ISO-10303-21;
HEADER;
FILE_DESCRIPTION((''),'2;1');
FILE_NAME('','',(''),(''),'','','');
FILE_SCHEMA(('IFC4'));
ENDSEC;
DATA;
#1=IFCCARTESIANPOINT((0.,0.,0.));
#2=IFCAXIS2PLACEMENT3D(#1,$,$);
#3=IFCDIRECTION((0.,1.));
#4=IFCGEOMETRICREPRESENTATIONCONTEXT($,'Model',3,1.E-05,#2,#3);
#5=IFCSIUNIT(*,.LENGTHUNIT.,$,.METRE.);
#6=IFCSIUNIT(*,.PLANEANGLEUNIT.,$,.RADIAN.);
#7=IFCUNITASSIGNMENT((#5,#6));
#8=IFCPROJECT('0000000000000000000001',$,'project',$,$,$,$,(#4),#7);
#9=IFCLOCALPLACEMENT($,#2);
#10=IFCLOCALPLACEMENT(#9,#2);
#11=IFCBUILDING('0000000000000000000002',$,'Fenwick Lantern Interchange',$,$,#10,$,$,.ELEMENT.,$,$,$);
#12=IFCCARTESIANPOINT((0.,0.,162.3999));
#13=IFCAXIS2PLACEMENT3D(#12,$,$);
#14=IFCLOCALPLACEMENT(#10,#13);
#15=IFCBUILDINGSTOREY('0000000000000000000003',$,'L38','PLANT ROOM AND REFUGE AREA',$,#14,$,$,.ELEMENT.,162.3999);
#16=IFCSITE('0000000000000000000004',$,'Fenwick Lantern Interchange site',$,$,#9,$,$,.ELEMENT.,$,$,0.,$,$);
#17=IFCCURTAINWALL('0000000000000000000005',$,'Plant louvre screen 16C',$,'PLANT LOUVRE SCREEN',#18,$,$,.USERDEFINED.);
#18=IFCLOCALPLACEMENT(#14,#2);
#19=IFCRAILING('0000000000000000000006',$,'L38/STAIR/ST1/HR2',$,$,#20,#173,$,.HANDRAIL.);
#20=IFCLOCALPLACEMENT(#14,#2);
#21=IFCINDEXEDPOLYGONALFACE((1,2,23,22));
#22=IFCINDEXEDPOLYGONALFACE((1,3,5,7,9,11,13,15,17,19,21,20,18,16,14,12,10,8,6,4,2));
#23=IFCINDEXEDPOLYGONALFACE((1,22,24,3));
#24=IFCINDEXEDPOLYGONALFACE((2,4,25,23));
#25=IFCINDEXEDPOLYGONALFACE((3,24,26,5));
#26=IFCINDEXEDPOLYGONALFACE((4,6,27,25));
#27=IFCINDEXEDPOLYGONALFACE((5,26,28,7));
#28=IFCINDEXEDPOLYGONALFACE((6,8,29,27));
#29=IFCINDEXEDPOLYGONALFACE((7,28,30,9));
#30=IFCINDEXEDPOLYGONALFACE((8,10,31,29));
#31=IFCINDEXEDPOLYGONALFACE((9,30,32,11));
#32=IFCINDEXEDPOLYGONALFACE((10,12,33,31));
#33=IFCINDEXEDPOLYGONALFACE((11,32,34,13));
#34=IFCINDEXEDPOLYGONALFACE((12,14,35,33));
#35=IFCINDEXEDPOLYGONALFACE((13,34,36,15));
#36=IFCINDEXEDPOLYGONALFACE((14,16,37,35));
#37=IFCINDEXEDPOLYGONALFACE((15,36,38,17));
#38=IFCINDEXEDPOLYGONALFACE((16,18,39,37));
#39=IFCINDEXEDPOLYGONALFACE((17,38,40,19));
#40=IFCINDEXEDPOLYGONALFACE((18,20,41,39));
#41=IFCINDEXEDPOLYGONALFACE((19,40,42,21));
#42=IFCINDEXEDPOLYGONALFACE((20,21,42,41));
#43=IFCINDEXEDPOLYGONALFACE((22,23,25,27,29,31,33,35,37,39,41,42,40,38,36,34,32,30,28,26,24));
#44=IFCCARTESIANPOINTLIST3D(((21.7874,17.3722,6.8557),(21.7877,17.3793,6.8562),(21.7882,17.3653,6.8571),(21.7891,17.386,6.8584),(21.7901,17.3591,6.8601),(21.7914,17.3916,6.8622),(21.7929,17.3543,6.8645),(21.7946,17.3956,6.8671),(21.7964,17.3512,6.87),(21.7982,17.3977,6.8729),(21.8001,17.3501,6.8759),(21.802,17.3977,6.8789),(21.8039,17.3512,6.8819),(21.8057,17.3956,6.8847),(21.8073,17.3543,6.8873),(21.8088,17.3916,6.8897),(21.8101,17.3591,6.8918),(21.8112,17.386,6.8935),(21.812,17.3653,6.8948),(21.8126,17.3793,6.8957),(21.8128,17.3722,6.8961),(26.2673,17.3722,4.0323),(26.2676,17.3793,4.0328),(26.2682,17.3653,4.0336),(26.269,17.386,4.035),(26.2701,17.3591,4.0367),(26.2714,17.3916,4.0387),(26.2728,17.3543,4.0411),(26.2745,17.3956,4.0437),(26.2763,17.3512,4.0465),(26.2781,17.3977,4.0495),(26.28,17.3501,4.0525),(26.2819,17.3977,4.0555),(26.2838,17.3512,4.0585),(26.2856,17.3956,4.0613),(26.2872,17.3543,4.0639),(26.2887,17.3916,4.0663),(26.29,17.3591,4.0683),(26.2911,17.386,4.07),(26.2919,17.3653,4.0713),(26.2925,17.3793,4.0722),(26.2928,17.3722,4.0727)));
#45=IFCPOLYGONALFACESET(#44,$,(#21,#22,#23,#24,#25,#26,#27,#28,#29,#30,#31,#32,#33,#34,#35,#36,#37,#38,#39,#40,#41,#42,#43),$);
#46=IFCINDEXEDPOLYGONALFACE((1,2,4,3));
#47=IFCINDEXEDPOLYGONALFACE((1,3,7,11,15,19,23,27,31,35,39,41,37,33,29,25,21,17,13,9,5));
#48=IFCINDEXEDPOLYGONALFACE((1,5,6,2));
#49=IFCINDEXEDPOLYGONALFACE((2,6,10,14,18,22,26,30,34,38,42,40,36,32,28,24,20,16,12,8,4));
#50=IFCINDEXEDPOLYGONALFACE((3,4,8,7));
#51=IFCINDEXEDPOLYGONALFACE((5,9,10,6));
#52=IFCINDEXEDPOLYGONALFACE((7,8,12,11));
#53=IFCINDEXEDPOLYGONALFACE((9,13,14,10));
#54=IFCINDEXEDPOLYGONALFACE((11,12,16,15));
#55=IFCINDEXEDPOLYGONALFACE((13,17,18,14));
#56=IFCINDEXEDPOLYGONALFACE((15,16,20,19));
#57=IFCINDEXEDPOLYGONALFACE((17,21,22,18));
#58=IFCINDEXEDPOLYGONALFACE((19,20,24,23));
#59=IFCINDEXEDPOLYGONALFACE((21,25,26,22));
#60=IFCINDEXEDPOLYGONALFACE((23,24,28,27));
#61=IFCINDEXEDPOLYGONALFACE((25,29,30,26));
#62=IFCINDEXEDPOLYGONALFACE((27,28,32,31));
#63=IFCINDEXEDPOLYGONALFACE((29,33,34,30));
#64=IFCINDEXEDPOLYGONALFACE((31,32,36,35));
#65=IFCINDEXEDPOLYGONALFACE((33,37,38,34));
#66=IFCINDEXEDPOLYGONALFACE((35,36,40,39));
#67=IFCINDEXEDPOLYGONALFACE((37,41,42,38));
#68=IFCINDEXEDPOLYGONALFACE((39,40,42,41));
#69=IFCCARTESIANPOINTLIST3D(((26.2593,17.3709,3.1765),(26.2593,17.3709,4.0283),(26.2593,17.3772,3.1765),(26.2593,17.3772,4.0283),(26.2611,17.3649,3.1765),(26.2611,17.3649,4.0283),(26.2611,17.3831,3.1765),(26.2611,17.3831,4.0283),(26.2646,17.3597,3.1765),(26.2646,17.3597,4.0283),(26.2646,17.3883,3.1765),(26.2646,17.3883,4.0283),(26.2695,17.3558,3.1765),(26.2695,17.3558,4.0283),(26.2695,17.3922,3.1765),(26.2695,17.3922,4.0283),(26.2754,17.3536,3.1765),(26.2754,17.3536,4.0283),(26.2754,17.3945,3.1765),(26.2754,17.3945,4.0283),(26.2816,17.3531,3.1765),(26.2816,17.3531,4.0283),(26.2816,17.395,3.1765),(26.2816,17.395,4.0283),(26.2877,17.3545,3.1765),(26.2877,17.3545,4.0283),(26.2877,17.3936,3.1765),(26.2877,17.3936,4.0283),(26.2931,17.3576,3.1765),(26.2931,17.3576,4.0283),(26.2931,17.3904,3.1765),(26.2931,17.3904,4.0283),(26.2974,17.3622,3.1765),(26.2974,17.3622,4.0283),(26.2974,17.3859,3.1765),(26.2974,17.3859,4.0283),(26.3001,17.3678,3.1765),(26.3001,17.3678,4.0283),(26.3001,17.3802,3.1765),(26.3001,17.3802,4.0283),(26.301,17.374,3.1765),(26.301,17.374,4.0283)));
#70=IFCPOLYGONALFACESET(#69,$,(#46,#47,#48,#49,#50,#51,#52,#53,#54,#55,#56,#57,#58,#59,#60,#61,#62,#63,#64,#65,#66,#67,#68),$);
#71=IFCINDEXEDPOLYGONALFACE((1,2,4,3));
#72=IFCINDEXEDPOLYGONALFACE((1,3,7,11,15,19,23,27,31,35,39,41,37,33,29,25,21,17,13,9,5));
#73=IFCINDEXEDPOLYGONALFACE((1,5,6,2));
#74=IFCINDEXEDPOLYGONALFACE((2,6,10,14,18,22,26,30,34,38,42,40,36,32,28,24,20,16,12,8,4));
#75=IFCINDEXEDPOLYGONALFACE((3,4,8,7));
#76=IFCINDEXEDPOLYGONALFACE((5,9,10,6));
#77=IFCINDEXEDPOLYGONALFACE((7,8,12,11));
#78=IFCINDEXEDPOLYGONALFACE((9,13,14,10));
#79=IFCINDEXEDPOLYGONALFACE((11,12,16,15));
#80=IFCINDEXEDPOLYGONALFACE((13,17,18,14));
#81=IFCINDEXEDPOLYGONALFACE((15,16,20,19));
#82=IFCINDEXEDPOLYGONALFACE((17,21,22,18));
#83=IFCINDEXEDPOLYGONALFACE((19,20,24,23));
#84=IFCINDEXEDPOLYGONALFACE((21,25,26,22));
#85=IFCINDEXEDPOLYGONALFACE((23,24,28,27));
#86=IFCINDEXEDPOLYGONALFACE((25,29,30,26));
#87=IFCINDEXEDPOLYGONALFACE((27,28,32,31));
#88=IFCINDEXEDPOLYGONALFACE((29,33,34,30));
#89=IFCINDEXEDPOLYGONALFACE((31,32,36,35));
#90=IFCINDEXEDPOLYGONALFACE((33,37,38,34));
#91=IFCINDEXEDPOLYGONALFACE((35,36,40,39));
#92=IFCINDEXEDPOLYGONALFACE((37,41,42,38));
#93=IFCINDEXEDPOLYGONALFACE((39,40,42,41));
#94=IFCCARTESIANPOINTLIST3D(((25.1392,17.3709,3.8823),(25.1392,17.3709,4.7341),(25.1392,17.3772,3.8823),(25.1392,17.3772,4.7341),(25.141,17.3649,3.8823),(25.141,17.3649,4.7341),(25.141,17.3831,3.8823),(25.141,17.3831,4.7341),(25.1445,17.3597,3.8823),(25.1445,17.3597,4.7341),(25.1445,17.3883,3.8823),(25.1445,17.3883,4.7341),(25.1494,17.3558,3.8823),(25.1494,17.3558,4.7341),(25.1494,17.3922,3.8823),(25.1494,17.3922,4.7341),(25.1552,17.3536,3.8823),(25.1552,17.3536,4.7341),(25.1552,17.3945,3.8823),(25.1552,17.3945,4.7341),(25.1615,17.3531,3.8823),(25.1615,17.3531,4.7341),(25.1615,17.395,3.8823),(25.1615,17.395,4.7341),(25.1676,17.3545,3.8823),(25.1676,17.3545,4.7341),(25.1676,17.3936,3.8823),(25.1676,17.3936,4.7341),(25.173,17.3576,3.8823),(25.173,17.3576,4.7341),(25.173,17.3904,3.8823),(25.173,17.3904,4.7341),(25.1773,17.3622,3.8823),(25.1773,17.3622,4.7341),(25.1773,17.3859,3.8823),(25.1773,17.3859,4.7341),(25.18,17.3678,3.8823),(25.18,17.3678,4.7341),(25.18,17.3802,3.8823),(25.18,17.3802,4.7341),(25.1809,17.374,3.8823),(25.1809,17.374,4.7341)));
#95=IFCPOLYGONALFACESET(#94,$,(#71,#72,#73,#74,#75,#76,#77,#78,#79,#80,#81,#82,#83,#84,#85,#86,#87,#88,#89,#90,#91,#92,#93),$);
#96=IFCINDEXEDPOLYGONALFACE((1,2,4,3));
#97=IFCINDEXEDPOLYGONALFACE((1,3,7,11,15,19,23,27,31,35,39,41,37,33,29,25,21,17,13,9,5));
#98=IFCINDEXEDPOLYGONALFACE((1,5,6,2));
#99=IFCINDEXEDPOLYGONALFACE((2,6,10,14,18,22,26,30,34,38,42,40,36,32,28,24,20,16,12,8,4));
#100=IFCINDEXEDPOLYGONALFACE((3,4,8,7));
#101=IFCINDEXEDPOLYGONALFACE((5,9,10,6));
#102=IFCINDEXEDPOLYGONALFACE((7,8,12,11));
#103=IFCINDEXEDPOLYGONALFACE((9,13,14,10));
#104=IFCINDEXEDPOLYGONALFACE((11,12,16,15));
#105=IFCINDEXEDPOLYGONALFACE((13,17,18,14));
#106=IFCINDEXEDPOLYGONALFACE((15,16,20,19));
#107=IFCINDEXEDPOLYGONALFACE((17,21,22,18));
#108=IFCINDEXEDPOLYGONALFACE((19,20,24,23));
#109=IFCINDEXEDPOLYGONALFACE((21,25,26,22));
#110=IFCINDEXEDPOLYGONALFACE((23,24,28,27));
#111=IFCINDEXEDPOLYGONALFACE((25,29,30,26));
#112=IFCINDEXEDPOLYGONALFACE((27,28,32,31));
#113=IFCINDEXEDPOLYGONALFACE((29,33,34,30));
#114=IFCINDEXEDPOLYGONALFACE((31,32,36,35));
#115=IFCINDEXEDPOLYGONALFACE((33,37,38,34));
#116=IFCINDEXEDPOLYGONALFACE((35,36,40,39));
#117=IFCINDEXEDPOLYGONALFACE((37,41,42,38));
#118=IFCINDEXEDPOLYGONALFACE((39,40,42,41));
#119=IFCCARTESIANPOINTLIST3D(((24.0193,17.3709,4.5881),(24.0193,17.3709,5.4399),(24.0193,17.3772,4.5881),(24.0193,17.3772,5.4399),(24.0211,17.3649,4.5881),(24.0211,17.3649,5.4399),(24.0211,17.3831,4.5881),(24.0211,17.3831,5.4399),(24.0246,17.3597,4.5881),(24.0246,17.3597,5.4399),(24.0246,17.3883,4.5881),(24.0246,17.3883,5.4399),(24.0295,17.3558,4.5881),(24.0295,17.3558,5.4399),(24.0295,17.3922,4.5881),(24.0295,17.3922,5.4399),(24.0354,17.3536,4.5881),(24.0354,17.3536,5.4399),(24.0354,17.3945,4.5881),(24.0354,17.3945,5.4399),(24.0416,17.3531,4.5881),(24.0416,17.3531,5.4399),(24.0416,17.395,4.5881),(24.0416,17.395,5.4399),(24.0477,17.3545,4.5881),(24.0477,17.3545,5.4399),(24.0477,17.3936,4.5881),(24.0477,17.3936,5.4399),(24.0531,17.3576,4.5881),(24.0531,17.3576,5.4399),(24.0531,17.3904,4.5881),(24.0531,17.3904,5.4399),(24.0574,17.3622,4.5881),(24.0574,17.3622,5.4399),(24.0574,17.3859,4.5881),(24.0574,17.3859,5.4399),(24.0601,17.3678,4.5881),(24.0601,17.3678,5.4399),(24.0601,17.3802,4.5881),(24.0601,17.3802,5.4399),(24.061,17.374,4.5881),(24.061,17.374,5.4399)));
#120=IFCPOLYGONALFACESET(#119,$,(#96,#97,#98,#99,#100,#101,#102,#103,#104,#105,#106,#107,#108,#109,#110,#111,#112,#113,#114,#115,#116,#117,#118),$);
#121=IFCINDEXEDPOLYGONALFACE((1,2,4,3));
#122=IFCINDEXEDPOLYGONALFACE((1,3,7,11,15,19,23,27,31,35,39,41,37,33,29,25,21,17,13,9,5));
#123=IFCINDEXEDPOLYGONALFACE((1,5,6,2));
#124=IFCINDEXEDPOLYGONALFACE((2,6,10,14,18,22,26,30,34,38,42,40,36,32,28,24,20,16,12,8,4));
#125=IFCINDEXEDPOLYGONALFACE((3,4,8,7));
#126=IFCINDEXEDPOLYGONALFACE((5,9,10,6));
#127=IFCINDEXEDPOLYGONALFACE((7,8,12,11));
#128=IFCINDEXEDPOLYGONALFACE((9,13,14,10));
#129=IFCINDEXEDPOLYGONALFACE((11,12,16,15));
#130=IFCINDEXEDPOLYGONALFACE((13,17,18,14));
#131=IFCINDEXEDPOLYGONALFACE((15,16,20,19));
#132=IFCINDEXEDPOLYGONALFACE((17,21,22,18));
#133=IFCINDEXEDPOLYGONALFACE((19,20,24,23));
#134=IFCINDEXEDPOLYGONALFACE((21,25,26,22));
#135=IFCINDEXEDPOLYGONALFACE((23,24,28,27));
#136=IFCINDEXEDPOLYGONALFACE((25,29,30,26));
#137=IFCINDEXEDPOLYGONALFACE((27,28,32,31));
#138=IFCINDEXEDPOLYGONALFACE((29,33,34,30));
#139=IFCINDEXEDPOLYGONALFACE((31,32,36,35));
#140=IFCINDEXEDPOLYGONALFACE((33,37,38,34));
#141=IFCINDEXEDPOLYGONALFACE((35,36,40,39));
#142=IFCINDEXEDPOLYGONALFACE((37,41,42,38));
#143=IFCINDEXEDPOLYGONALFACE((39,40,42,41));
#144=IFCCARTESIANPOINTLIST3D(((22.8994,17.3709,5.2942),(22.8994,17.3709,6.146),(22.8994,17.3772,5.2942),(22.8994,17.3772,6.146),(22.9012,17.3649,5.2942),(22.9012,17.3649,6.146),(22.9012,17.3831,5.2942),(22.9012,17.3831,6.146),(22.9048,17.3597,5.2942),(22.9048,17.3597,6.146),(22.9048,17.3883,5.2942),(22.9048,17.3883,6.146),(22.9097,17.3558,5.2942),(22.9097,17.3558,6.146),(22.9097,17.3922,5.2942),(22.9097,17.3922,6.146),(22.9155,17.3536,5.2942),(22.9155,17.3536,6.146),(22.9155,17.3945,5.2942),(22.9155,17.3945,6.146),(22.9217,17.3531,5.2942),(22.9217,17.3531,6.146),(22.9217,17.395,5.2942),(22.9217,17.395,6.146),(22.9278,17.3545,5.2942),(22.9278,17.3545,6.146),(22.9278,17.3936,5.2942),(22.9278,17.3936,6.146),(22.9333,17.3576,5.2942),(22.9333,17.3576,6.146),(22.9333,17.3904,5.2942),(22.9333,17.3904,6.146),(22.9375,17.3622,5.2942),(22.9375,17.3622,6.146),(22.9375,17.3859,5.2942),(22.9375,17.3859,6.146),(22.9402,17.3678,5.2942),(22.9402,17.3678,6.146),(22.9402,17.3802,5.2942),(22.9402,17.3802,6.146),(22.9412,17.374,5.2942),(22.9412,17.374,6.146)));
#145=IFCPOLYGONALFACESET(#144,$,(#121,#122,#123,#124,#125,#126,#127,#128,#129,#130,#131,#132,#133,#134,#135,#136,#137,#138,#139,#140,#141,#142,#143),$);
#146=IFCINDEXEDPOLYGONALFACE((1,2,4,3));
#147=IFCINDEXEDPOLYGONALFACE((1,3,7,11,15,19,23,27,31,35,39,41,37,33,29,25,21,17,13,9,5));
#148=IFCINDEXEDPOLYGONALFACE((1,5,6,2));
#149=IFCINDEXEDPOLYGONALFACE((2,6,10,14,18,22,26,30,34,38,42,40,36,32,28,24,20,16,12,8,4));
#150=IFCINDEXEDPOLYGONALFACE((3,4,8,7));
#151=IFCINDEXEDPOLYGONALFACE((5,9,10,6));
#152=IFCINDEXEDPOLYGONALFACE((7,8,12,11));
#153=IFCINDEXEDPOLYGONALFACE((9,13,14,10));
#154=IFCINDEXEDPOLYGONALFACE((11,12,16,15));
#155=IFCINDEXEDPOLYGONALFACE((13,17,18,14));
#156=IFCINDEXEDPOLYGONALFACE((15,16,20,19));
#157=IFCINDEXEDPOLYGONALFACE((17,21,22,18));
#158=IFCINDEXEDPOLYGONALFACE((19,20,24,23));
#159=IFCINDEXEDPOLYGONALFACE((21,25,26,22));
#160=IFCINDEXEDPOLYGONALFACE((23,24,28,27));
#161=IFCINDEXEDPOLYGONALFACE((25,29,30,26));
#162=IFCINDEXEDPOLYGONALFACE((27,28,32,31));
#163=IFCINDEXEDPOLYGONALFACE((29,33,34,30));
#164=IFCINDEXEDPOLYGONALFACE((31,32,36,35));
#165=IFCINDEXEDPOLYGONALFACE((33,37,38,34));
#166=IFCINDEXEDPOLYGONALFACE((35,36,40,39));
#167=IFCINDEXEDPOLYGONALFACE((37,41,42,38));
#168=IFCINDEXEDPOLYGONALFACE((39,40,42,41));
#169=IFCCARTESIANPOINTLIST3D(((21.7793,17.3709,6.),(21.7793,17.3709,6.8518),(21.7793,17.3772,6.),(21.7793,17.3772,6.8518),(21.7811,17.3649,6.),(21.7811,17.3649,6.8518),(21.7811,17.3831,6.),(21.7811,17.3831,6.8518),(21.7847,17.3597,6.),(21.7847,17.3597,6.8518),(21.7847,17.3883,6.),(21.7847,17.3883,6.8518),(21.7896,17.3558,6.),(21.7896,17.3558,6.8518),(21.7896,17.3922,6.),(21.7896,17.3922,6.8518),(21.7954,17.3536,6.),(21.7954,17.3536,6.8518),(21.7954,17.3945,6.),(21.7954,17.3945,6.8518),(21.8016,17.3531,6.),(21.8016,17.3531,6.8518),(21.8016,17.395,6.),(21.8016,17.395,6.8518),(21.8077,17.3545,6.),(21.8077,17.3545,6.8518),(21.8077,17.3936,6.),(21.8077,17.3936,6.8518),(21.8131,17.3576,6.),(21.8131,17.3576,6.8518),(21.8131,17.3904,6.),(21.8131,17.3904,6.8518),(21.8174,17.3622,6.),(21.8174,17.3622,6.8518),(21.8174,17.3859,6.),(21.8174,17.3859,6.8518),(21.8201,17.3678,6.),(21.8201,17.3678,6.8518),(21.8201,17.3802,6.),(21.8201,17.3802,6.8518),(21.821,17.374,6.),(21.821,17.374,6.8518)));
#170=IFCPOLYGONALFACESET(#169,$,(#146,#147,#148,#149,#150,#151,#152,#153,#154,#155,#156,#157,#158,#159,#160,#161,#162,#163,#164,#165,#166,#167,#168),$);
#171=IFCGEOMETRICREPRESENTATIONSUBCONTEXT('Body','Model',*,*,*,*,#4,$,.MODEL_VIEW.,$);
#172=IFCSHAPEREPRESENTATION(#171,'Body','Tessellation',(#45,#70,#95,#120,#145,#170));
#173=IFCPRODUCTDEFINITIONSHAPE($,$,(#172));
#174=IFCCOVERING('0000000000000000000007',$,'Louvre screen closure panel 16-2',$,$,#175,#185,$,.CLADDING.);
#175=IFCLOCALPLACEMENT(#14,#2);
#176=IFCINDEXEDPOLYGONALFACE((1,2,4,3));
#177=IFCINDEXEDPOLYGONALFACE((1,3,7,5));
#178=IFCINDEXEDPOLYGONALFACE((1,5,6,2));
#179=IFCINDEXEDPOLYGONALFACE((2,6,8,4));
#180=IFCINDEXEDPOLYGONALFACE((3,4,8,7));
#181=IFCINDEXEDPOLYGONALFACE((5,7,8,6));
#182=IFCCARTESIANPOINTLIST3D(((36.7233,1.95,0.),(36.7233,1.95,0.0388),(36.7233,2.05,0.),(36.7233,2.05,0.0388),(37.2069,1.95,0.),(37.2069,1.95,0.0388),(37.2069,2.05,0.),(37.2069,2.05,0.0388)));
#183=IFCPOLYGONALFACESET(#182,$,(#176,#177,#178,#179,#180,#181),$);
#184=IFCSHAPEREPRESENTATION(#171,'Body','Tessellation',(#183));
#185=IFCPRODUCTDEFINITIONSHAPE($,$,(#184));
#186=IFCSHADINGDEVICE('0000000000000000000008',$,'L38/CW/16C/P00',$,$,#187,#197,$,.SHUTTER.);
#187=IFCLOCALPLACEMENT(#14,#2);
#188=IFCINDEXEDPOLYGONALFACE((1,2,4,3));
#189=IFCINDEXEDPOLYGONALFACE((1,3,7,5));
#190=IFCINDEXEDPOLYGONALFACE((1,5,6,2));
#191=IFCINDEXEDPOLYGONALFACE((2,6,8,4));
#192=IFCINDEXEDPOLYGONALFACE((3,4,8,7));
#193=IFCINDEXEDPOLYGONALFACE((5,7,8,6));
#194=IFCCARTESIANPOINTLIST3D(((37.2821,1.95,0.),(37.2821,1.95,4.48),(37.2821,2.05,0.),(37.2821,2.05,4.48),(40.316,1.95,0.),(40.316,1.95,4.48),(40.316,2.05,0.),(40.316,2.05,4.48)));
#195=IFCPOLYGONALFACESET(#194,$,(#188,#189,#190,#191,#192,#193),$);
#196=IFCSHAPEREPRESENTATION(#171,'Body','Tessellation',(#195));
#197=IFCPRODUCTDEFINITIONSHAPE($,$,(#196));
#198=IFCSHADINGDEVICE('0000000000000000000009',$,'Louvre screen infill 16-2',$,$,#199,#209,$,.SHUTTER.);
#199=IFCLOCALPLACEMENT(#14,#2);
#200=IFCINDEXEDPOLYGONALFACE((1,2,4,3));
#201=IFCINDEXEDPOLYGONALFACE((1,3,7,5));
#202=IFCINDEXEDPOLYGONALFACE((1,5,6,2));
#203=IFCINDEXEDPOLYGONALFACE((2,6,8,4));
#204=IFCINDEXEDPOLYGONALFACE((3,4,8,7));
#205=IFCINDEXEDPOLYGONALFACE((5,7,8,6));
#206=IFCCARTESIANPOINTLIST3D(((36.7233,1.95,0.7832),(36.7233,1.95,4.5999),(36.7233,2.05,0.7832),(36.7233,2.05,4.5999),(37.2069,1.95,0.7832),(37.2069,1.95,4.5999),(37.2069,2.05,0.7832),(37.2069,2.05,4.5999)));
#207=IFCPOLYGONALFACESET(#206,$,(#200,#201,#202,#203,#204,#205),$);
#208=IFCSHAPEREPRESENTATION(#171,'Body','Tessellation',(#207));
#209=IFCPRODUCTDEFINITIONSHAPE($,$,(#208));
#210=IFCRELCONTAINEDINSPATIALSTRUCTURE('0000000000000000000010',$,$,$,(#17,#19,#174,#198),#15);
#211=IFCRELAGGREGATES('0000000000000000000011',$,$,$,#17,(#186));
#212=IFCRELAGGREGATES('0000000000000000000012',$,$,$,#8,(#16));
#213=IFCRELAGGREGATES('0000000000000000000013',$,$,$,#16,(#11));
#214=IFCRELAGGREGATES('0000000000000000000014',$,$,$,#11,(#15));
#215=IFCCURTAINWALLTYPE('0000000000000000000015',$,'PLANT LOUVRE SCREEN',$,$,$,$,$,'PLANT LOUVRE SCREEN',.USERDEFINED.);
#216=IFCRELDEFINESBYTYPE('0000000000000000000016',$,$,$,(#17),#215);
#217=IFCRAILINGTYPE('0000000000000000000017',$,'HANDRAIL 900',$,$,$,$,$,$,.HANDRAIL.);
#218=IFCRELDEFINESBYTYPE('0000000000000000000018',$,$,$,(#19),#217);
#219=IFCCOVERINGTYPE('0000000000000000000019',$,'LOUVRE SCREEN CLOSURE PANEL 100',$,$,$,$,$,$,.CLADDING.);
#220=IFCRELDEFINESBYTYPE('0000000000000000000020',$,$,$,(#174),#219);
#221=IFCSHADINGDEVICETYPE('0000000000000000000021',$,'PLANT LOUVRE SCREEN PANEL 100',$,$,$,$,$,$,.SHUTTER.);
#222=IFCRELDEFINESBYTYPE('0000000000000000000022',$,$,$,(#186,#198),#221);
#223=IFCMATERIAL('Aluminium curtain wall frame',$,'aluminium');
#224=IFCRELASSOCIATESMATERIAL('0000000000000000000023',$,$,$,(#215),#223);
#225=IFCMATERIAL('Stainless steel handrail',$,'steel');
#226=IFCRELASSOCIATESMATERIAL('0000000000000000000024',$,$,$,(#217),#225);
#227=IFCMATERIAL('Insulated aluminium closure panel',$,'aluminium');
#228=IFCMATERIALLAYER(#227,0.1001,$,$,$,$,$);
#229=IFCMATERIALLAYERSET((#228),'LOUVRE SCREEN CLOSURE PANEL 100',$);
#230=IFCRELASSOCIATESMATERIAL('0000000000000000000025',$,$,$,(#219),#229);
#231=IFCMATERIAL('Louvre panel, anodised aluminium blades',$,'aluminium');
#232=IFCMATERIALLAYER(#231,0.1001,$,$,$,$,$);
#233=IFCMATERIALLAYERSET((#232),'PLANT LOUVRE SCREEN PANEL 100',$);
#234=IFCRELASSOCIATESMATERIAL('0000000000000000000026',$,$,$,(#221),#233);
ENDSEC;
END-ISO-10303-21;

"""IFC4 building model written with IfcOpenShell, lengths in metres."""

from ifc_helpers import new_model, si_unit, direction, frame, origin, origin_2d, place, context, subcontext, project, spatial, rectangle, circle, extrude, material, layer, layer_set, type_object, element, aggregate, save


model = new_model("IFC4")

# Units and contexts
model_context = context("Model", 3, precision=1e-05, world=origin(), true_north=direction((0.0, 1.0)))
body_context = subcontext(model_context, "Body", "Model", "MODEL_VIEW")
ifc_project = project(units=[si_unit("LENGTHUNIT", "METRE"), si_unit("PLANEANGLEUNIT", "RADIAN")], contexts=[model_context])

# Site, building, storey
site_placement = place(None, origin())
site = spatial("IfcSite", under=ifc_project, at=site_placement, Name="Fenwick Lantern Interchange site", CompositionType="ELEMENT", RefElevation=0.0)
building_placement = place(site_placement, origin())
building = spatial("IfcBuilding", under=site, at=building_placement, Name="Fenwick Lantern Interchange", CompositionType="ELEMENT")
storey_placement = place(building_placement, frame((0.0, 0.0, 162.3999)))
storey = spatial("IfcBuildingStorey", under=building, at=storey_placement, Name="L38", Description="PLANT ROOM AND REFUGE AREA", CompositionType="ELEMENT", Elevation=162.3999)

# Shared definitions
ifc_material_1 = material(Name="Aluminium curtain wall frame", Category="aluminium")
curtain_wall_type = type_object("IfcCurtainWallType", Name="PLANT LOUVRE SCREEN", ElementType="PLANT LOUVRE SCREEN", PredefinedType="USERDEFINED", material=ifc_material_1)

# Curtain wall
curtain_wall_1_placement = place(storey_placement, origin())
curtain_wall_1 = element("IfcCurtainWall", 1, at=curtain_wall_1_placement, inside=storey, type_object=curtain_wall_type, Name="Plant louvre screen 16C", ObjectType="PLANT LOUVRE SCREEN", PredefinedType="USERDEFINED")

# Railing
ifc_material_2 = material(Name="Stainless steel handrail", Category="steel")
railing_type = type_object("IfcRailingType", Name="HANDRAIL 900", PredefinedType="HANDRAIL", material=ifc_material_2)
railing_placement = place(storey_placement, frame((26.28, 17.374, 3.1765)))
element("IfcRailing", 2, at=railing_placement, inside=storey, type_object=railing_type, Name="L38/STAIR/ST1/HR2", PredefinedType="HANDRAIL", context=body_context, shape_type="SweptSolid", body=[
    extrude(circle(Radius=0.0239, at=origin_2d()), frame((0.0, 0.0, 0.876), z_axis=(-0.845998, 0.0, 0.533186), x_axis=(0.0, -1.0, 0.0)), (0.0, 0.0, 1.0), 5.2954),
    extrude(circle(Radius=0.021, at=origin_2d()), origin(), (0.0, 0.0, 1.0), 0.8518),
    extrude(circle(Radius=0.021, at=origin_2d()), frame((-1.1201, 0.0, 0.7058)), (0.0, 0.0, 1.0), 0.8518),
    extrude(circle(Radius=0.021, at=origin_2d()), frame((-2.24, 0.0, 1.4116)), (0.0, 0.0, 1.0), 0.8518),
    extrude(circle(Radius=0.021, at=origin_2d()), frame((-3.3599, 0.0, 2.1177)), (0.0, 0.0, 1.0), 0.8518),
    extrude(circle(Radius=0.021, at=origin_2d()), frame((-4.48, 0.0, 2.8235)), (0.0, 0.0, 1.0), 0.8518),
])

# Covering
ifc_material_3 = material(Name="Insulated aluminium closure panel", Category="aluminium")
ifc_layer_1 = layer(ifc_material_3, 0.1001)
ifc_layer_set_1 = layer_set([ifc_layer_1], Name="LOUVRE SCREEN CLOSURE PANEL 100")
covering_type = type_object("IfcCoveringType", Name="LOUVRE SCREEN CLOSURE PANEL 100", PredefinedType="CLADDING", material=ifc_layer_set_1)
covering_placement = place(storey_placement, frame((36.9651, 2.0, 0.0), z_axis=(0.0, 0.0, 1.0), x_axis=(1.0, 0.0, 0.0)))
element("IfcCovering", 3, at=covering_placement, inside=storey, type_object=covering_type, Name="Louvre screen closure panel 16-2", PredefinedType="CLADDING", context=body_context, shape_type="SweptSolid", body=[
    extrude(rectangle(XDim=0.4836, YDim=0.1001, at=origin_2d()), origin(), (0.0, 0.0, 1.0), 0.0388),
])

# Shading devices
ifc_material_4 = material(Name="Louvre panel, anodised aluminium blades", Category="aluminium")
ifc_layer_2 = layer(ifc_material_4, 0.1001)
ifc_layer_set_2 = layer_set([ifc_layer_2], Name="PLANT LOUVRE SCREEN PANEL 100")
shading_device_type = type_object("IfcShadingDeviceType", Name="PLANT LOUVRE SCREEN PANEL 100", PredefinedType="SHUTTER", material=ifc_layer_set_2)
shading_device_1_placement = place(storey_placement, frame((38.7991, 2.0, 0.0), z_axis=(0.0, 0.0, 1.0), x_axis=(1.0, 0.0, 0.0)))
shading_device_1 = element("IfcShadingDevice", 4, at=shading_device_1_placement, type_object=shading_device_type, Name="L38/CW/16C/P00", PredefinedType="SHUTTER", context=body_context, shape_type="SweptSolid", body=[
    extrude(rectangle(XDim=3.0339, YDim=0.1001, at=origin_2d()), origin(), (0.0, 0.0, 1.0), 4.48),
])
aggregate(curtain_wall_1, [shading_device_1])
shading_device_2_placement = place(storey_placement, frame((36.9651, 2.0, 0.7832), z_axis=(0.0, 0.0, 1.0), x_axis=(1.0, 0.0, 0.0)))
element("IfcShadingDevice", 5, at=shading_device_2_placement, inside=storey, type_object=shading_device_type, Name="Louvre screen infill 16-2", PredefinedType="SHUTTER", context=body_context, shape_type="SweptSolid", body=[
    extrude(rectangle(XDim=0.4836, YDim=0.1001, at=origin_2d()), origin(), (0.0, 0.0, 1.0), 3.8167),
])

save(model, "model.ifc")
